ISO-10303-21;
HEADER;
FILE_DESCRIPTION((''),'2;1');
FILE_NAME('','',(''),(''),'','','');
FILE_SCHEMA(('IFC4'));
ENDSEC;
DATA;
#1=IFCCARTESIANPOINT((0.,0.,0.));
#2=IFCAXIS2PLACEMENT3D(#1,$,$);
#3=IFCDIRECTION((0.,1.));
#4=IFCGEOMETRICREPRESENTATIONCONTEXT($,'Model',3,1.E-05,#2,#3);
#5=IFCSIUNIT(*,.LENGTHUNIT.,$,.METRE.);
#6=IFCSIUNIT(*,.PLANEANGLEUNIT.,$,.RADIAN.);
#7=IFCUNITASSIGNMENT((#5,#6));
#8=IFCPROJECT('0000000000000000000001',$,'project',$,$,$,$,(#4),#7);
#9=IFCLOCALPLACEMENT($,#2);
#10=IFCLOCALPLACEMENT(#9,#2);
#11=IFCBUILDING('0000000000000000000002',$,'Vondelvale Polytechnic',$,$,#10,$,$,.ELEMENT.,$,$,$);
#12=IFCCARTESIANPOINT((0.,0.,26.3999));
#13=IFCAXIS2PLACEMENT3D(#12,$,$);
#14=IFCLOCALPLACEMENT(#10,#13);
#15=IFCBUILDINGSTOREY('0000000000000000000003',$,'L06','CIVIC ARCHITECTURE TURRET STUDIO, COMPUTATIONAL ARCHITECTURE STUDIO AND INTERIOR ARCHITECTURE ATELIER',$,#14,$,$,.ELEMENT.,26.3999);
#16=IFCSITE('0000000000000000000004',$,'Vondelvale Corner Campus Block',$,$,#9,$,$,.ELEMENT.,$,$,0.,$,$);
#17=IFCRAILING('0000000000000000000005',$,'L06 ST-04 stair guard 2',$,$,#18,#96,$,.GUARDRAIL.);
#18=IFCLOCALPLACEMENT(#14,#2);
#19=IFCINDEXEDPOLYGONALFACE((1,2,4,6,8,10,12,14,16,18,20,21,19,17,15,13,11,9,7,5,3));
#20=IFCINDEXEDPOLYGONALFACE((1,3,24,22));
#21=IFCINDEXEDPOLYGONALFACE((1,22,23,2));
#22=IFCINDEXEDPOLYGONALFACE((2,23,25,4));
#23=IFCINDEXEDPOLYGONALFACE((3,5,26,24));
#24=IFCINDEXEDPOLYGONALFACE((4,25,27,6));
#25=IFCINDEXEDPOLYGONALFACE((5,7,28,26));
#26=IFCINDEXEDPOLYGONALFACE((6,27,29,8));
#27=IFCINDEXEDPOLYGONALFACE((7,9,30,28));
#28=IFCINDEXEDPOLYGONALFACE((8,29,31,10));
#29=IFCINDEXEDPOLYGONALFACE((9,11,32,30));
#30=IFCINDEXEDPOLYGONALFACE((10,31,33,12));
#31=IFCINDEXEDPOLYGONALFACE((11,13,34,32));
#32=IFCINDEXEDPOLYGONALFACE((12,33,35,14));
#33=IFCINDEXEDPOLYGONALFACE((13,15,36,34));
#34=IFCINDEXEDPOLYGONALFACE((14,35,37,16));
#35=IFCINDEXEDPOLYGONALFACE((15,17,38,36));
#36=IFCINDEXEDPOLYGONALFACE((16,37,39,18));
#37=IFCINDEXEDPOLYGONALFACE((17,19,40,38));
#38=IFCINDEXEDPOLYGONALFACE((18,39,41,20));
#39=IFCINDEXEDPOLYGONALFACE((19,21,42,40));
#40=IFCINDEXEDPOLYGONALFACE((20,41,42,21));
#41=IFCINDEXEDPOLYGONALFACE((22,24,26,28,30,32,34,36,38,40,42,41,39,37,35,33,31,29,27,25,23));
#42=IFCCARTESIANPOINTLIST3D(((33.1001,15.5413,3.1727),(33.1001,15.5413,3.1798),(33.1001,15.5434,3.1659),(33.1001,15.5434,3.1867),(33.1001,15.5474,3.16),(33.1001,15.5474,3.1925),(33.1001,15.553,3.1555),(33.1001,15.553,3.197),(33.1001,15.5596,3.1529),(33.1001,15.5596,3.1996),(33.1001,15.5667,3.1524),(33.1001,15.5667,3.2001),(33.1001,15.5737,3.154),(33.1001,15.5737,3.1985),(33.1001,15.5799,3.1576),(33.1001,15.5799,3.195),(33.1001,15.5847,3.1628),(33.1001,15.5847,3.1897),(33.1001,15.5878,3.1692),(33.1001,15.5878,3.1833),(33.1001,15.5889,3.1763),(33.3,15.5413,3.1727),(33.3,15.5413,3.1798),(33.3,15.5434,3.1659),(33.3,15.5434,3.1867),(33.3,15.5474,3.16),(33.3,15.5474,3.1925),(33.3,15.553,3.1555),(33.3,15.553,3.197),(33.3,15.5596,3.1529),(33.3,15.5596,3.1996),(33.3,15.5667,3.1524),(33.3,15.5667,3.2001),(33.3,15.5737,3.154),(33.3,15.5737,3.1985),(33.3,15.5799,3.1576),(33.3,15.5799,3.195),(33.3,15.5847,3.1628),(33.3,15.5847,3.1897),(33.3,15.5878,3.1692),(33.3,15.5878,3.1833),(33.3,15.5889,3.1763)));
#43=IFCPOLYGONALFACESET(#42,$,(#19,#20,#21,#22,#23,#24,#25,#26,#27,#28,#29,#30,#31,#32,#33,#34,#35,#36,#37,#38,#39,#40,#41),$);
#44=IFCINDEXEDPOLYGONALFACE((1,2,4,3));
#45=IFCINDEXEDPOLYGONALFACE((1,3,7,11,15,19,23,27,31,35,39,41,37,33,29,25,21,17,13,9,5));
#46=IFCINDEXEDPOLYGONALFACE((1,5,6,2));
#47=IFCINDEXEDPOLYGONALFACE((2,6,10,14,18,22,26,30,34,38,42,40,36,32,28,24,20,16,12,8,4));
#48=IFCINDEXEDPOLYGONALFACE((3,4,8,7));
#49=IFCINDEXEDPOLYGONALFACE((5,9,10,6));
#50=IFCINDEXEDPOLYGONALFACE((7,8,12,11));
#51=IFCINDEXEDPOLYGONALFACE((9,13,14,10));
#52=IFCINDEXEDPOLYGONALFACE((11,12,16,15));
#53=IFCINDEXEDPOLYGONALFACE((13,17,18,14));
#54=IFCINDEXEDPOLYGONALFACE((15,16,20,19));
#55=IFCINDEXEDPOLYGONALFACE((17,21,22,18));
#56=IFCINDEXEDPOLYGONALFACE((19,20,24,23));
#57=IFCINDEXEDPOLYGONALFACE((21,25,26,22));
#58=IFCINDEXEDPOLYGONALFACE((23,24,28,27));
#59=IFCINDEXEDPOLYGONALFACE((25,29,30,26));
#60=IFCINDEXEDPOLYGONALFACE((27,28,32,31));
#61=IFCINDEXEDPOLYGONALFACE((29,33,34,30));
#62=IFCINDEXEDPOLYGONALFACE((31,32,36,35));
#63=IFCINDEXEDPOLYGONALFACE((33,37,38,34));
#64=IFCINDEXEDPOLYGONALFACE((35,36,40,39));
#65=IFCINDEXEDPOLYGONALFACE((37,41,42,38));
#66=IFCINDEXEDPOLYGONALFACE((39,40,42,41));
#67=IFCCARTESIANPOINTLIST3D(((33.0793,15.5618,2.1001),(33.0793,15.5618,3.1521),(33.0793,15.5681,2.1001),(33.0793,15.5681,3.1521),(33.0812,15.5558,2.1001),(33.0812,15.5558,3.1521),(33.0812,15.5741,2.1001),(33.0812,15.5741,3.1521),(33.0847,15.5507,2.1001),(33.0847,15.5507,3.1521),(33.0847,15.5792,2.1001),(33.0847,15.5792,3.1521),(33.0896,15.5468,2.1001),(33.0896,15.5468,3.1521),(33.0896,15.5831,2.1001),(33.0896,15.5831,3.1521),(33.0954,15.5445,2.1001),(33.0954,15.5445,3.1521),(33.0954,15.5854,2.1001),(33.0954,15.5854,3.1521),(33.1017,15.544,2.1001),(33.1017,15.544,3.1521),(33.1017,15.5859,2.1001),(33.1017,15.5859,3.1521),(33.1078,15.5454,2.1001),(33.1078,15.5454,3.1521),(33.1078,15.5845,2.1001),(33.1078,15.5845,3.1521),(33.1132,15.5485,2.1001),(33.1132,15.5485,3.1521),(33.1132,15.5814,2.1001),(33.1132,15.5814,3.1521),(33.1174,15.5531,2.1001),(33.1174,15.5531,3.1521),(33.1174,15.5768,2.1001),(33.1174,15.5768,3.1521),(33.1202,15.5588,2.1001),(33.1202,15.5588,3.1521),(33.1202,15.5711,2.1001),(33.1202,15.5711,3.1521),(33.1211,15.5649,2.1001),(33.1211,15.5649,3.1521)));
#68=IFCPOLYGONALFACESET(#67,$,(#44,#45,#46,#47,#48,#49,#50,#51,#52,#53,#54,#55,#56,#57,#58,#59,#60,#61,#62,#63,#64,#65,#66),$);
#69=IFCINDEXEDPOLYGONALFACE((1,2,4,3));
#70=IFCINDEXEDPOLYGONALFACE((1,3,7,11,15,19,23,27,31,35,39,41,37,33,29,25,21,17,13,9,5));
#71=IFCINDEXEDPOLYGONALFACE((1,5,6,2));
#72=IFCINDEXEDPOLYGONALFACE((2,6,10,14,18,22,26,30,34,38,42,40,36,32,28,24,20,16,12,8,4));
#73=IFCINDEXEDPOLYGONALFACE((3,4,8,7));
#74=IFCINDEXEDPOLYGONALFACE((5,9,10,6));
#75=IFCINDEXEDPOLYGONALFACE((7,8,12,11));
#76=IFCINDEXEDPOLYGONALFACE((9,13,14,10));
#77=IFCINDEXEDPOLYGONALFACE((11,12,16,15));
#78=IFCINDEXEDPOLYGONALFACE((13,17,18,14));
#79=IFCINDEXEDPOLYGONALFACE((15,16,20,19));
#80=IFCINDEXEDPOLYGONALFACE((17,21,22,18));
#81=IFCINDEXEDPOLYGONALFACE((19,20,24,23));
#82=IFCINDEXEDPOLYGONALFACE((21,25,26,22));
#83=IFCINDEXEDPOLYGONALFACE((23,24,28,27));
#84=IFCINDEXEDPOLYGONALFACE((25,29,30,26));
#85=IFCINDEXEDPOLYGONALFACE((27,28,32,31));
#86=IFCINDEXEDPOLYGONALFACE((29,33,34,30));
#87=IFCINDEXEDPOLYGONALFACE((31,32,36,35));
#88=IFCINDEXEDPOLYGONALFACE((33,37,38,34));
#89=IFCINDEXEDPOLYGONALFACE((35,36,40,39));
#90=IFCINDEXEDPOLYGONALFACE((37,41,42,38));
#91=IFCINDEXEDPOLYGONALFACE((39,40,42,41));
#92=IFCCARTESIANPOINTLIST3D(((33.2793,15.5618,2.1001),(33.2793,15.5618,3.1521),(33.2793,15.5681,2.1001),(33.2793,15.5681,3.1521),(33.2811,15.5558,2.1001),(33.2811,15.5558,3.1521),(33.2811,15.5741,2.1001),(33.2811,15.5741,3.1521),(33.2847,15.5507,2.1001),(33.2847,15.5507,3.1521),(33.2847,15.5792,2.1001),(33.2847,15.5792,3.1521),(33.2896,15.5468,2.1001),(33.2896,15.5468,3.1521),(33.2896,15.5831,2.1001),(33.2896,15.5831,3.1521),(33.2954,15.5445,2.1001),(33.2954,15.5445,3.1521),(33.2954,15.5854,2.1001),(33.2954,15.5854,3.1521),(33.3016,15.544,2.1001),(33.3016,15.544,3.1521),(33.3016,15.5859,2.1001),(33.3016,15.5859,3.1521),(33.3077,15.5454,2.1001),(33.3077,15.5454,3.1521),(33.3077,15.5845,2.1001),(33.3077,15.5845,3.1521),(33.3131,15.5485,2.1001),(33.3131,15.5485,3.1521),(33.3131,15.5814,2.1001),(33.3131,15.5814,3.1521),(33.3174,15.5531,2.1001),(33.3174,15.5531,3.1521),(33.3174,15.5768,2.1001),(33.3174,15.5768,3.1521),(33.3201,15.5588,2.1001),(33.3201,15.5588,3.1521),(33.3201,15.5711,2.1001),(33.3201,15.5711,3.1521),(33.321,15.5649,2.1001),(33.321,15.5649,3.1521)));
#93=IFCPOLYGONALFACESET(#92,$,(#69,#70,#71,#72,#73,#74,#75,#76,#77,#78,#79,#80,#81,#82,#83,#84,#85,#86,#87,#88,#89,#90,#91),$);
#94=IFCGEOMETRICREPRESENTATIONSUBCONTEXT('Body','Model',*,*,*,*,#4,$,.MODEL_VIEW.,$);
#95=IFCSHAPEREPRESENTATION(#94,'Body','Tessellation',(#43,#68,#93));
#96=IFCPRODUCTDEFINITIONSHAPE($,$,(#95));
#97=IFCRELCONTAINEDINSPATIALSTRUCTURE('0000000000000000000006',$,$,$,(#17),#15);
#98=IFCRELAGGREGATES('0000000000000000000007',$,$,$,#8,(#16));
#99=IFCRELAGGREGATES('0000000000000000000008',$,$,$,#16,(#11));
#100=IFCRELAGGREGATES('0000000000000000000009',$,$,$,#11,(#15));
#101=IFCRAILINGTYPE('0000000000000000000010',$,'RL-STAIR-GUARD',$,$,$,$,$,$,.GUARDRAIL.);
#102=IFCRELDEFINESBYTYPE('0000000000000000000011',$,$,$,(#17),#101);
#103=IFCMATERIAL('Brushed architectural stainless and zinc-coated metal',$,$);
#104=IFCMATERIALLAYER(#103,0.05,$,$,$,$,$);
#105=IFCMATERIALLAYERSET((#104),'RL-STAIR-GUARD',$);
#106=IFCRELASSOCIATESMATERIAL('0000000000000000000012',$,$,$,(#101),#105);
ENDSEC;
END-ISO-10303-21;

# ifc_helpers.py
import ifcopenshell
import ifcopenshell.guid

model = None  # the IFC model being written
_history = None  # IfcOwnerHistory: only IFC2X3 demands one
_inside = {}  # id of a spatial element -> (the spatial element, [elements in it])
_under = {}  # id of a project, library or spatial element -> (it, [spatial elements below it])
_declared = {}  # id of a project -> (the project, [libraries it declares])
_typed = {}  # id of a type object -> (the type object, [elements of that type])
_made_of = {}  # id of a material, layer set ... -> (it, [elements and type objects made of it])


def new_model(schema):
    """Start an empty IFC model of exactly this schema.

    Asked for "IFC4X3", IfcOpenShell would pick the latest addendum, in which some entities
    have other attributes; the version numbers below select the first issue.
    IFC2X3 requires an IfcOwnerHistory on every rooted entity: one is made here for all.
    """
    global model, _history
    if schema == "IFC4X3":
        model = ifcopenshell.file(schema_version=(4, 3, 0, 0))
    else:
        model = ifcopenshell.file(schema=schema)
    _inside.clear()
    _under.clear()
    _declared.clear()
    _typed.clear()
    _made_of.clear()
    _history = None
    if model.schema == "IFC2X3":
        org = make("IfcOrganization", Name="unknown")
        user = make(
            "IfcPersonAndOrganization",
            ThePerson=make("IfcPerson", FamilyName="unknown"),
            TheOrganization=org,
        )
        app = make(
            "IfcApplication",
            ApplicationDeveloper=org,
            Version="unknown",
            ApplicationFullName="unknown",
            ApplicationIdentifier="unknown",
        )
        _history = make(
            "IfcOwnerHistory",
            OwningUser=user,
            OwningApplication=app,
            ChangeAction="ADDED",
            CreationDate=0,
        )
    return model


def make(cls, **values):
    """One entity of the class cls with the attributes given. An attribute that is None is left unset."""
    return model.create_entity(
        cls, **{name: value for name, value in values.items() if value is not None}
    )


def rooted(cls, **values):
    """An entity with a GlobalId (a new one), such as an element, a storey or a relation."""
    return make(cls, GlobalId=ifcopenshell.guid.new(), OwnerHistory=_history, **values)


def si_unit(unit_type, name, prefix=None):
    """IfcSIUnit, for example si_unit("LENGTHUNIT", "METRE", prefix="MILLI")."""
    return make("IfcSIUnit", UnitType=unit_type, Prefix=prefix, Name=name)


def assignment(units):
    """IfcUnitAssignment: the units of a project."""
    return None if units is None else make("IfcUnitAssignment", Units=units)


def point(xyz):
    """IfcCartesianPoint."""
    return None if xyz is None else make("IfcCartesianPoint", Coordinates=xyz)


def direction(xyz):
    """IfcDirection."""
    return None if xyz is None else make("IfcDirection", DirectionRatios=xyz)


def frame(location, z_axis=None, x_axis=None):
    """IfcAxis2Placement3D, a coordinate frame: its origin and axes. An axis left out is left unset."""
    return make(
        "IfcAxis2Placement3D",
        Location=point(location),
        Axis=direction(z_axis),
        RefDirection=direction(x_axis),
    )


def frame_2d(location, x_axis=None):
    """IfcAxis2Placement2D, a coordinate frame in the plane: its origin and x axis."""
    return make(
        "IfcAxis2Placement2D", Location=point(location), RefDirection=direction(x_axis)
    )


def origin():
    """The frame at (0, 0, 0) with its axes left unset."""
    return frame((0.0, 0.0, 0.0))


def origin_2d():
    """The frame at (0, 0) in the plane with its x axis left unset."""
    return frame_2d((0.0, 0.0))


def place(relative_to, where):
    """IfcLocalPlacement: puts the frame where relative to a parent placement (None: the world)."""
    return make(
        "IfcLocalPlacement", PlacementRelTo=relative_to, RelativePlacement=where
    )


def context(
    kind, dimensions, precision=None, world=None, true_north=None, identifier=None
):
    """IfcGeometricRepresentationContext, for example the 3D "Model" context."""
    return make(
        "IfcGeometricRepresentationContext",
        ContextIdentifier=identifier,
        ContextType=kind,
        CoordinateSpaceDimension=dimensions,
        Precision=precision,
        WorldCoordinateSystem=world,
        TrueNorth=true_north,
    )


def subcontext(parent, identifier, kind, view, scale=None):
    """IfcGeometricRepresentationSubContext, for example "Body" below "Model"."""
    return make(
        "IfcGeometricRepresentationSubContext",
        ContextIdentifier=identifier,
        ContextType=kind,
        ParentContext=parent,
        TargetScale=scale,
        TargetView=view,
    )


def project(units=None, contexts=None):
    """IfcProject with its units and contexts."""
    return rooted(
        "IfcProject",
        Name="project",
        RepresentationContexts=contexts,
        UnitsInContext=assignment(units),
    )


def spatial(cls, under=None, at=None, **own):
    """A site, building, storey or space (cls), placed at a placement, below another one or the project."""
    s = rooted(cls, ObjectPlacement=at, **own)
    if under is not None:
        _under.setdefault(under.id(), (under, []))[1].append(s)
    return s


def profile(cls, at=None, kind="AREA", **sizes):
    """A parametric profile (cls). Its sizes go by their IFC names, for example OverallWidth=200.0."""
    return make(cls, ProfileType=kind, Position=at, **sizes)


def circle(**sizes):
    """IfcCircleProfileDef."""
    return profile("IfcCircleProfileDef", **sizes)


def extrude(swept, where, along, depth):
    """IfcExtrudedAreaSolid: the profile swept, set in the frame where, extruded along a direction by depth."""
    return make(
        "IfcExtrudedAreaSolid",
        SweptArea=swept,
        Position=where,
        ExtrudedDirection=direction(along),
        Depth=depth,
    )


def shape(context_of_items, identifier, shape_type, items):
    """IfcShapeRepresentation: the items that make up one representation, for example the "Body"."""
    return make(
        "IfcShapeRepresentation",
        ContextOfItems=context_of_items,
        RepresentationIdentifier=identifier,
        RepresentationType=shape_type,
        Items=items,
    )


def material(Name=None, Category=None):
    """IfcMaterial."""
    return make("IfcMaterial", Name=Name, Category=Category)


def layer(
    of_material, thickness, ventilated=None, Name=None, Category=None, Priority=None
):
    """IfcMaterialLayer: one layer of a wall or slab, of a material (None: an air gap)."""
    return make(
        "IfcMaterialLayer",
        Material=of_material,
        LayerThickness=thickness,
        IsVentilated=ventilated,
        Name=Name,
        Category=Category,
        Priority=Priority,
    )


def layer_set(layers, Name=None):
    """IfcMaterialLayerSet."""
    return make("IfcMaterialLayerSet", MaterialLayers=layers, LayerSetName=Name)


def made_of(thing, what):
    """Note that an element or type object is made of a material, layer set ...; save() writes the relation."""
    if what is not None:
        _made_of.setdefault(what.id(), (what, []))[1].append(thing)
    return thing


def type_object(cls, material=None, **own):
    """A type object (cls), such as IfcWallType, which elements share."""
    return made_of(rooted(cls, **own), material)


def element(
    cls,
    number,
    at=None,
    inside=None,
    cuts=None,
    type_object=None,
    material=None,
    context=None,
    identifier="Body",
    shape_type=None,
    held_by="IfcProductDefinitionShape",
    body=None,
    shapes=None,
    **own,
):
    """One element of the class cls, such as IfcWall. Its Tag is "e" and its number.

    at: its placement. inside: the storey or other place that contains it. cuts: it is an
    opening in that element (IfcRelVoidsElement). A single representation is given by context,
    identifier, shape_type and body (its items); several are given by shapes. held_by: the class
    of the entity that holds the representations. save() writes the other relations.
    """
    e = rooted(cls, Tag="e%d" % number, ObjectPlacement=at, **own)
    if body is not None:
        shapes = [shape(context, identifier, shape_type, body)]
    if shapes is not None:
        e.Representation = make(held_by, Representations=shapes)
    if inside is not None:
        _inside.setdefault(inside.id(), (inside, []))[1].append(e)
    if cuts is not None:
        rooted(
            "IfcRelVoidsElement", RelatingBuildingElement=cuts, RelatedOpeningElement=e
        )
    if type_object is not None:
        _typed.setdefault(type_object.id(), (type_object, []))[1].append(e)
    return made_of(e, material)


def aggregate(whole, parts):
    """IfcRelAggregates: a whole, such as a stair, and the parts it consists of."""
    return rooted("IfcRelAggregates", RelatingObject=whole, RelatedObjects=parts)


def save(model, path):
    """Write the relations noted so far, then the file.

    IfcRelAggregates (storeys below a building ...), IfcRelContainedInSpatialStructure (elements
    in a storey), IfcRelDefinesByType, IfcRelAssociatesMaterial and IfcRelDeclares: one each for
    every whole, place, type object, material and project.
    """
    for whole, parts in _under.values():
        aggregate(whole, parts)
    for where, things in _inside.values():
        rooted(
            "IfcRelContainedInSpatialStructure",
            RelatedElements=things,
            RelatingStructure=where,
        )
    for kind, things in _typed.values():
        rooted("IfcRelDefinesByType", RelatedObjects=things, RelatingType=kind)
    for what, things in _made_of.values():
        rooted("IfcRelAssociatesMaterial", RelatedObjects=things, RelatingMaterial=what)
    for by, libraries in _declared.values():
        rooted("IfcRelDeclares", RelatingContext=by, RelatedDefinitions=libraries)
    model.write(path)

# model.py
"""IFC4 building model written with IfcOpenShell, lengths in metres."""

from ifc_helpers import new_model, si_unit, direction, frame, origin, origin_2d, place, context, subcontext, project, spatial, circle, extrude, material, layer, layer_set, type_object, element, save


model = new_model("IFC4")

# Units and contexts
model_context = context("Model", 3, precision=1e-05, world=origin(), true_north=direction((0.0, 1.0)))
body_context = subcontext(model_context, "Body", "Model", "MODEL_VIEW")
ifc_project = project(units=[si_unit("LENGTHUNIT", "METRE"), si_unit("PLANEANGLEUNIT", "RADIAN")], contexts=[model_context])

# Site, building, storey
site_placement = place(None, origin())
site = spatial("IfcSite", under=ifc_project, at=site_placement, Name="Vondelvale Corner Campus Block", CompositionType="ELEMENT", RefElevation=0.0)
building_placement = place(site_placement, origin())
building = spatial("IfcBuilding", under=site, at=building_placement, Name="Vondelvale Polytechnic", CompositionType="ELEMENT")
storey_placement = place(building_placement, frame((0.0, 0.0, 26.3999)))
storey = spatial("IfcBuildingStorey", under=building, at=storey_placement, Name="L06", Description="CIVIC ARCHITECTURE TURRET STUDIO, COMPUTATIONAL ARCHITECTURE STUDIO AND INTERIOR ARCHITECTURE ATELIER", CompositionType="ELEMENT", Elevation=26.3999)

# Shared definitions
ifc_material_1 = material(Name="Brushed architectural stainless and zinc-coated metal")

# Railing
ifc_layer_1 = layer(ifc_material_1, 0.05)
ifc_layer_set_1 = layer_set([ifc_layer_1], Name="RL-STAIR-GUARD")
railing_type_1 = type_object("IfcRailingType", Name="RL-STAIR-GUARD", PredefinedType="GUARDRAIL", material=ifc_layer_set_1)
railing_1_placement = place(storey_placement, frame((33.1001, 15.5649, 2.1001)))
element("IfcRailing", 1, at=railing_1_placement, inside=storey, type_object=railing_type_1, Name="L06 ST-04 stair guard 2", PredefinedType="GUARDRAIL", context=body_context, shape_type="SweptSolid", body=[
    extrude(circle(Radius=0.0239, at=origin_2d()), frame((0.0, 0.0, 1.0762), z_axis=(1.0, 0.0, 0.0), x_axis=(0.0, 1.0, 0.0)), (0.0, 0.0, 1.0), 0.2),
    extrude(circle(Radius=0.021, at=origin_2d()), origin(), (0.0, 0.0, 1.0), 1.052),
    extrude(circle(Radius=0.021, at=origin_2d()), frame((0.2, 0.0, 0.0)), (0.0, 0.0, 1.0), 1.052),
])

save(model, "model.ifc")
